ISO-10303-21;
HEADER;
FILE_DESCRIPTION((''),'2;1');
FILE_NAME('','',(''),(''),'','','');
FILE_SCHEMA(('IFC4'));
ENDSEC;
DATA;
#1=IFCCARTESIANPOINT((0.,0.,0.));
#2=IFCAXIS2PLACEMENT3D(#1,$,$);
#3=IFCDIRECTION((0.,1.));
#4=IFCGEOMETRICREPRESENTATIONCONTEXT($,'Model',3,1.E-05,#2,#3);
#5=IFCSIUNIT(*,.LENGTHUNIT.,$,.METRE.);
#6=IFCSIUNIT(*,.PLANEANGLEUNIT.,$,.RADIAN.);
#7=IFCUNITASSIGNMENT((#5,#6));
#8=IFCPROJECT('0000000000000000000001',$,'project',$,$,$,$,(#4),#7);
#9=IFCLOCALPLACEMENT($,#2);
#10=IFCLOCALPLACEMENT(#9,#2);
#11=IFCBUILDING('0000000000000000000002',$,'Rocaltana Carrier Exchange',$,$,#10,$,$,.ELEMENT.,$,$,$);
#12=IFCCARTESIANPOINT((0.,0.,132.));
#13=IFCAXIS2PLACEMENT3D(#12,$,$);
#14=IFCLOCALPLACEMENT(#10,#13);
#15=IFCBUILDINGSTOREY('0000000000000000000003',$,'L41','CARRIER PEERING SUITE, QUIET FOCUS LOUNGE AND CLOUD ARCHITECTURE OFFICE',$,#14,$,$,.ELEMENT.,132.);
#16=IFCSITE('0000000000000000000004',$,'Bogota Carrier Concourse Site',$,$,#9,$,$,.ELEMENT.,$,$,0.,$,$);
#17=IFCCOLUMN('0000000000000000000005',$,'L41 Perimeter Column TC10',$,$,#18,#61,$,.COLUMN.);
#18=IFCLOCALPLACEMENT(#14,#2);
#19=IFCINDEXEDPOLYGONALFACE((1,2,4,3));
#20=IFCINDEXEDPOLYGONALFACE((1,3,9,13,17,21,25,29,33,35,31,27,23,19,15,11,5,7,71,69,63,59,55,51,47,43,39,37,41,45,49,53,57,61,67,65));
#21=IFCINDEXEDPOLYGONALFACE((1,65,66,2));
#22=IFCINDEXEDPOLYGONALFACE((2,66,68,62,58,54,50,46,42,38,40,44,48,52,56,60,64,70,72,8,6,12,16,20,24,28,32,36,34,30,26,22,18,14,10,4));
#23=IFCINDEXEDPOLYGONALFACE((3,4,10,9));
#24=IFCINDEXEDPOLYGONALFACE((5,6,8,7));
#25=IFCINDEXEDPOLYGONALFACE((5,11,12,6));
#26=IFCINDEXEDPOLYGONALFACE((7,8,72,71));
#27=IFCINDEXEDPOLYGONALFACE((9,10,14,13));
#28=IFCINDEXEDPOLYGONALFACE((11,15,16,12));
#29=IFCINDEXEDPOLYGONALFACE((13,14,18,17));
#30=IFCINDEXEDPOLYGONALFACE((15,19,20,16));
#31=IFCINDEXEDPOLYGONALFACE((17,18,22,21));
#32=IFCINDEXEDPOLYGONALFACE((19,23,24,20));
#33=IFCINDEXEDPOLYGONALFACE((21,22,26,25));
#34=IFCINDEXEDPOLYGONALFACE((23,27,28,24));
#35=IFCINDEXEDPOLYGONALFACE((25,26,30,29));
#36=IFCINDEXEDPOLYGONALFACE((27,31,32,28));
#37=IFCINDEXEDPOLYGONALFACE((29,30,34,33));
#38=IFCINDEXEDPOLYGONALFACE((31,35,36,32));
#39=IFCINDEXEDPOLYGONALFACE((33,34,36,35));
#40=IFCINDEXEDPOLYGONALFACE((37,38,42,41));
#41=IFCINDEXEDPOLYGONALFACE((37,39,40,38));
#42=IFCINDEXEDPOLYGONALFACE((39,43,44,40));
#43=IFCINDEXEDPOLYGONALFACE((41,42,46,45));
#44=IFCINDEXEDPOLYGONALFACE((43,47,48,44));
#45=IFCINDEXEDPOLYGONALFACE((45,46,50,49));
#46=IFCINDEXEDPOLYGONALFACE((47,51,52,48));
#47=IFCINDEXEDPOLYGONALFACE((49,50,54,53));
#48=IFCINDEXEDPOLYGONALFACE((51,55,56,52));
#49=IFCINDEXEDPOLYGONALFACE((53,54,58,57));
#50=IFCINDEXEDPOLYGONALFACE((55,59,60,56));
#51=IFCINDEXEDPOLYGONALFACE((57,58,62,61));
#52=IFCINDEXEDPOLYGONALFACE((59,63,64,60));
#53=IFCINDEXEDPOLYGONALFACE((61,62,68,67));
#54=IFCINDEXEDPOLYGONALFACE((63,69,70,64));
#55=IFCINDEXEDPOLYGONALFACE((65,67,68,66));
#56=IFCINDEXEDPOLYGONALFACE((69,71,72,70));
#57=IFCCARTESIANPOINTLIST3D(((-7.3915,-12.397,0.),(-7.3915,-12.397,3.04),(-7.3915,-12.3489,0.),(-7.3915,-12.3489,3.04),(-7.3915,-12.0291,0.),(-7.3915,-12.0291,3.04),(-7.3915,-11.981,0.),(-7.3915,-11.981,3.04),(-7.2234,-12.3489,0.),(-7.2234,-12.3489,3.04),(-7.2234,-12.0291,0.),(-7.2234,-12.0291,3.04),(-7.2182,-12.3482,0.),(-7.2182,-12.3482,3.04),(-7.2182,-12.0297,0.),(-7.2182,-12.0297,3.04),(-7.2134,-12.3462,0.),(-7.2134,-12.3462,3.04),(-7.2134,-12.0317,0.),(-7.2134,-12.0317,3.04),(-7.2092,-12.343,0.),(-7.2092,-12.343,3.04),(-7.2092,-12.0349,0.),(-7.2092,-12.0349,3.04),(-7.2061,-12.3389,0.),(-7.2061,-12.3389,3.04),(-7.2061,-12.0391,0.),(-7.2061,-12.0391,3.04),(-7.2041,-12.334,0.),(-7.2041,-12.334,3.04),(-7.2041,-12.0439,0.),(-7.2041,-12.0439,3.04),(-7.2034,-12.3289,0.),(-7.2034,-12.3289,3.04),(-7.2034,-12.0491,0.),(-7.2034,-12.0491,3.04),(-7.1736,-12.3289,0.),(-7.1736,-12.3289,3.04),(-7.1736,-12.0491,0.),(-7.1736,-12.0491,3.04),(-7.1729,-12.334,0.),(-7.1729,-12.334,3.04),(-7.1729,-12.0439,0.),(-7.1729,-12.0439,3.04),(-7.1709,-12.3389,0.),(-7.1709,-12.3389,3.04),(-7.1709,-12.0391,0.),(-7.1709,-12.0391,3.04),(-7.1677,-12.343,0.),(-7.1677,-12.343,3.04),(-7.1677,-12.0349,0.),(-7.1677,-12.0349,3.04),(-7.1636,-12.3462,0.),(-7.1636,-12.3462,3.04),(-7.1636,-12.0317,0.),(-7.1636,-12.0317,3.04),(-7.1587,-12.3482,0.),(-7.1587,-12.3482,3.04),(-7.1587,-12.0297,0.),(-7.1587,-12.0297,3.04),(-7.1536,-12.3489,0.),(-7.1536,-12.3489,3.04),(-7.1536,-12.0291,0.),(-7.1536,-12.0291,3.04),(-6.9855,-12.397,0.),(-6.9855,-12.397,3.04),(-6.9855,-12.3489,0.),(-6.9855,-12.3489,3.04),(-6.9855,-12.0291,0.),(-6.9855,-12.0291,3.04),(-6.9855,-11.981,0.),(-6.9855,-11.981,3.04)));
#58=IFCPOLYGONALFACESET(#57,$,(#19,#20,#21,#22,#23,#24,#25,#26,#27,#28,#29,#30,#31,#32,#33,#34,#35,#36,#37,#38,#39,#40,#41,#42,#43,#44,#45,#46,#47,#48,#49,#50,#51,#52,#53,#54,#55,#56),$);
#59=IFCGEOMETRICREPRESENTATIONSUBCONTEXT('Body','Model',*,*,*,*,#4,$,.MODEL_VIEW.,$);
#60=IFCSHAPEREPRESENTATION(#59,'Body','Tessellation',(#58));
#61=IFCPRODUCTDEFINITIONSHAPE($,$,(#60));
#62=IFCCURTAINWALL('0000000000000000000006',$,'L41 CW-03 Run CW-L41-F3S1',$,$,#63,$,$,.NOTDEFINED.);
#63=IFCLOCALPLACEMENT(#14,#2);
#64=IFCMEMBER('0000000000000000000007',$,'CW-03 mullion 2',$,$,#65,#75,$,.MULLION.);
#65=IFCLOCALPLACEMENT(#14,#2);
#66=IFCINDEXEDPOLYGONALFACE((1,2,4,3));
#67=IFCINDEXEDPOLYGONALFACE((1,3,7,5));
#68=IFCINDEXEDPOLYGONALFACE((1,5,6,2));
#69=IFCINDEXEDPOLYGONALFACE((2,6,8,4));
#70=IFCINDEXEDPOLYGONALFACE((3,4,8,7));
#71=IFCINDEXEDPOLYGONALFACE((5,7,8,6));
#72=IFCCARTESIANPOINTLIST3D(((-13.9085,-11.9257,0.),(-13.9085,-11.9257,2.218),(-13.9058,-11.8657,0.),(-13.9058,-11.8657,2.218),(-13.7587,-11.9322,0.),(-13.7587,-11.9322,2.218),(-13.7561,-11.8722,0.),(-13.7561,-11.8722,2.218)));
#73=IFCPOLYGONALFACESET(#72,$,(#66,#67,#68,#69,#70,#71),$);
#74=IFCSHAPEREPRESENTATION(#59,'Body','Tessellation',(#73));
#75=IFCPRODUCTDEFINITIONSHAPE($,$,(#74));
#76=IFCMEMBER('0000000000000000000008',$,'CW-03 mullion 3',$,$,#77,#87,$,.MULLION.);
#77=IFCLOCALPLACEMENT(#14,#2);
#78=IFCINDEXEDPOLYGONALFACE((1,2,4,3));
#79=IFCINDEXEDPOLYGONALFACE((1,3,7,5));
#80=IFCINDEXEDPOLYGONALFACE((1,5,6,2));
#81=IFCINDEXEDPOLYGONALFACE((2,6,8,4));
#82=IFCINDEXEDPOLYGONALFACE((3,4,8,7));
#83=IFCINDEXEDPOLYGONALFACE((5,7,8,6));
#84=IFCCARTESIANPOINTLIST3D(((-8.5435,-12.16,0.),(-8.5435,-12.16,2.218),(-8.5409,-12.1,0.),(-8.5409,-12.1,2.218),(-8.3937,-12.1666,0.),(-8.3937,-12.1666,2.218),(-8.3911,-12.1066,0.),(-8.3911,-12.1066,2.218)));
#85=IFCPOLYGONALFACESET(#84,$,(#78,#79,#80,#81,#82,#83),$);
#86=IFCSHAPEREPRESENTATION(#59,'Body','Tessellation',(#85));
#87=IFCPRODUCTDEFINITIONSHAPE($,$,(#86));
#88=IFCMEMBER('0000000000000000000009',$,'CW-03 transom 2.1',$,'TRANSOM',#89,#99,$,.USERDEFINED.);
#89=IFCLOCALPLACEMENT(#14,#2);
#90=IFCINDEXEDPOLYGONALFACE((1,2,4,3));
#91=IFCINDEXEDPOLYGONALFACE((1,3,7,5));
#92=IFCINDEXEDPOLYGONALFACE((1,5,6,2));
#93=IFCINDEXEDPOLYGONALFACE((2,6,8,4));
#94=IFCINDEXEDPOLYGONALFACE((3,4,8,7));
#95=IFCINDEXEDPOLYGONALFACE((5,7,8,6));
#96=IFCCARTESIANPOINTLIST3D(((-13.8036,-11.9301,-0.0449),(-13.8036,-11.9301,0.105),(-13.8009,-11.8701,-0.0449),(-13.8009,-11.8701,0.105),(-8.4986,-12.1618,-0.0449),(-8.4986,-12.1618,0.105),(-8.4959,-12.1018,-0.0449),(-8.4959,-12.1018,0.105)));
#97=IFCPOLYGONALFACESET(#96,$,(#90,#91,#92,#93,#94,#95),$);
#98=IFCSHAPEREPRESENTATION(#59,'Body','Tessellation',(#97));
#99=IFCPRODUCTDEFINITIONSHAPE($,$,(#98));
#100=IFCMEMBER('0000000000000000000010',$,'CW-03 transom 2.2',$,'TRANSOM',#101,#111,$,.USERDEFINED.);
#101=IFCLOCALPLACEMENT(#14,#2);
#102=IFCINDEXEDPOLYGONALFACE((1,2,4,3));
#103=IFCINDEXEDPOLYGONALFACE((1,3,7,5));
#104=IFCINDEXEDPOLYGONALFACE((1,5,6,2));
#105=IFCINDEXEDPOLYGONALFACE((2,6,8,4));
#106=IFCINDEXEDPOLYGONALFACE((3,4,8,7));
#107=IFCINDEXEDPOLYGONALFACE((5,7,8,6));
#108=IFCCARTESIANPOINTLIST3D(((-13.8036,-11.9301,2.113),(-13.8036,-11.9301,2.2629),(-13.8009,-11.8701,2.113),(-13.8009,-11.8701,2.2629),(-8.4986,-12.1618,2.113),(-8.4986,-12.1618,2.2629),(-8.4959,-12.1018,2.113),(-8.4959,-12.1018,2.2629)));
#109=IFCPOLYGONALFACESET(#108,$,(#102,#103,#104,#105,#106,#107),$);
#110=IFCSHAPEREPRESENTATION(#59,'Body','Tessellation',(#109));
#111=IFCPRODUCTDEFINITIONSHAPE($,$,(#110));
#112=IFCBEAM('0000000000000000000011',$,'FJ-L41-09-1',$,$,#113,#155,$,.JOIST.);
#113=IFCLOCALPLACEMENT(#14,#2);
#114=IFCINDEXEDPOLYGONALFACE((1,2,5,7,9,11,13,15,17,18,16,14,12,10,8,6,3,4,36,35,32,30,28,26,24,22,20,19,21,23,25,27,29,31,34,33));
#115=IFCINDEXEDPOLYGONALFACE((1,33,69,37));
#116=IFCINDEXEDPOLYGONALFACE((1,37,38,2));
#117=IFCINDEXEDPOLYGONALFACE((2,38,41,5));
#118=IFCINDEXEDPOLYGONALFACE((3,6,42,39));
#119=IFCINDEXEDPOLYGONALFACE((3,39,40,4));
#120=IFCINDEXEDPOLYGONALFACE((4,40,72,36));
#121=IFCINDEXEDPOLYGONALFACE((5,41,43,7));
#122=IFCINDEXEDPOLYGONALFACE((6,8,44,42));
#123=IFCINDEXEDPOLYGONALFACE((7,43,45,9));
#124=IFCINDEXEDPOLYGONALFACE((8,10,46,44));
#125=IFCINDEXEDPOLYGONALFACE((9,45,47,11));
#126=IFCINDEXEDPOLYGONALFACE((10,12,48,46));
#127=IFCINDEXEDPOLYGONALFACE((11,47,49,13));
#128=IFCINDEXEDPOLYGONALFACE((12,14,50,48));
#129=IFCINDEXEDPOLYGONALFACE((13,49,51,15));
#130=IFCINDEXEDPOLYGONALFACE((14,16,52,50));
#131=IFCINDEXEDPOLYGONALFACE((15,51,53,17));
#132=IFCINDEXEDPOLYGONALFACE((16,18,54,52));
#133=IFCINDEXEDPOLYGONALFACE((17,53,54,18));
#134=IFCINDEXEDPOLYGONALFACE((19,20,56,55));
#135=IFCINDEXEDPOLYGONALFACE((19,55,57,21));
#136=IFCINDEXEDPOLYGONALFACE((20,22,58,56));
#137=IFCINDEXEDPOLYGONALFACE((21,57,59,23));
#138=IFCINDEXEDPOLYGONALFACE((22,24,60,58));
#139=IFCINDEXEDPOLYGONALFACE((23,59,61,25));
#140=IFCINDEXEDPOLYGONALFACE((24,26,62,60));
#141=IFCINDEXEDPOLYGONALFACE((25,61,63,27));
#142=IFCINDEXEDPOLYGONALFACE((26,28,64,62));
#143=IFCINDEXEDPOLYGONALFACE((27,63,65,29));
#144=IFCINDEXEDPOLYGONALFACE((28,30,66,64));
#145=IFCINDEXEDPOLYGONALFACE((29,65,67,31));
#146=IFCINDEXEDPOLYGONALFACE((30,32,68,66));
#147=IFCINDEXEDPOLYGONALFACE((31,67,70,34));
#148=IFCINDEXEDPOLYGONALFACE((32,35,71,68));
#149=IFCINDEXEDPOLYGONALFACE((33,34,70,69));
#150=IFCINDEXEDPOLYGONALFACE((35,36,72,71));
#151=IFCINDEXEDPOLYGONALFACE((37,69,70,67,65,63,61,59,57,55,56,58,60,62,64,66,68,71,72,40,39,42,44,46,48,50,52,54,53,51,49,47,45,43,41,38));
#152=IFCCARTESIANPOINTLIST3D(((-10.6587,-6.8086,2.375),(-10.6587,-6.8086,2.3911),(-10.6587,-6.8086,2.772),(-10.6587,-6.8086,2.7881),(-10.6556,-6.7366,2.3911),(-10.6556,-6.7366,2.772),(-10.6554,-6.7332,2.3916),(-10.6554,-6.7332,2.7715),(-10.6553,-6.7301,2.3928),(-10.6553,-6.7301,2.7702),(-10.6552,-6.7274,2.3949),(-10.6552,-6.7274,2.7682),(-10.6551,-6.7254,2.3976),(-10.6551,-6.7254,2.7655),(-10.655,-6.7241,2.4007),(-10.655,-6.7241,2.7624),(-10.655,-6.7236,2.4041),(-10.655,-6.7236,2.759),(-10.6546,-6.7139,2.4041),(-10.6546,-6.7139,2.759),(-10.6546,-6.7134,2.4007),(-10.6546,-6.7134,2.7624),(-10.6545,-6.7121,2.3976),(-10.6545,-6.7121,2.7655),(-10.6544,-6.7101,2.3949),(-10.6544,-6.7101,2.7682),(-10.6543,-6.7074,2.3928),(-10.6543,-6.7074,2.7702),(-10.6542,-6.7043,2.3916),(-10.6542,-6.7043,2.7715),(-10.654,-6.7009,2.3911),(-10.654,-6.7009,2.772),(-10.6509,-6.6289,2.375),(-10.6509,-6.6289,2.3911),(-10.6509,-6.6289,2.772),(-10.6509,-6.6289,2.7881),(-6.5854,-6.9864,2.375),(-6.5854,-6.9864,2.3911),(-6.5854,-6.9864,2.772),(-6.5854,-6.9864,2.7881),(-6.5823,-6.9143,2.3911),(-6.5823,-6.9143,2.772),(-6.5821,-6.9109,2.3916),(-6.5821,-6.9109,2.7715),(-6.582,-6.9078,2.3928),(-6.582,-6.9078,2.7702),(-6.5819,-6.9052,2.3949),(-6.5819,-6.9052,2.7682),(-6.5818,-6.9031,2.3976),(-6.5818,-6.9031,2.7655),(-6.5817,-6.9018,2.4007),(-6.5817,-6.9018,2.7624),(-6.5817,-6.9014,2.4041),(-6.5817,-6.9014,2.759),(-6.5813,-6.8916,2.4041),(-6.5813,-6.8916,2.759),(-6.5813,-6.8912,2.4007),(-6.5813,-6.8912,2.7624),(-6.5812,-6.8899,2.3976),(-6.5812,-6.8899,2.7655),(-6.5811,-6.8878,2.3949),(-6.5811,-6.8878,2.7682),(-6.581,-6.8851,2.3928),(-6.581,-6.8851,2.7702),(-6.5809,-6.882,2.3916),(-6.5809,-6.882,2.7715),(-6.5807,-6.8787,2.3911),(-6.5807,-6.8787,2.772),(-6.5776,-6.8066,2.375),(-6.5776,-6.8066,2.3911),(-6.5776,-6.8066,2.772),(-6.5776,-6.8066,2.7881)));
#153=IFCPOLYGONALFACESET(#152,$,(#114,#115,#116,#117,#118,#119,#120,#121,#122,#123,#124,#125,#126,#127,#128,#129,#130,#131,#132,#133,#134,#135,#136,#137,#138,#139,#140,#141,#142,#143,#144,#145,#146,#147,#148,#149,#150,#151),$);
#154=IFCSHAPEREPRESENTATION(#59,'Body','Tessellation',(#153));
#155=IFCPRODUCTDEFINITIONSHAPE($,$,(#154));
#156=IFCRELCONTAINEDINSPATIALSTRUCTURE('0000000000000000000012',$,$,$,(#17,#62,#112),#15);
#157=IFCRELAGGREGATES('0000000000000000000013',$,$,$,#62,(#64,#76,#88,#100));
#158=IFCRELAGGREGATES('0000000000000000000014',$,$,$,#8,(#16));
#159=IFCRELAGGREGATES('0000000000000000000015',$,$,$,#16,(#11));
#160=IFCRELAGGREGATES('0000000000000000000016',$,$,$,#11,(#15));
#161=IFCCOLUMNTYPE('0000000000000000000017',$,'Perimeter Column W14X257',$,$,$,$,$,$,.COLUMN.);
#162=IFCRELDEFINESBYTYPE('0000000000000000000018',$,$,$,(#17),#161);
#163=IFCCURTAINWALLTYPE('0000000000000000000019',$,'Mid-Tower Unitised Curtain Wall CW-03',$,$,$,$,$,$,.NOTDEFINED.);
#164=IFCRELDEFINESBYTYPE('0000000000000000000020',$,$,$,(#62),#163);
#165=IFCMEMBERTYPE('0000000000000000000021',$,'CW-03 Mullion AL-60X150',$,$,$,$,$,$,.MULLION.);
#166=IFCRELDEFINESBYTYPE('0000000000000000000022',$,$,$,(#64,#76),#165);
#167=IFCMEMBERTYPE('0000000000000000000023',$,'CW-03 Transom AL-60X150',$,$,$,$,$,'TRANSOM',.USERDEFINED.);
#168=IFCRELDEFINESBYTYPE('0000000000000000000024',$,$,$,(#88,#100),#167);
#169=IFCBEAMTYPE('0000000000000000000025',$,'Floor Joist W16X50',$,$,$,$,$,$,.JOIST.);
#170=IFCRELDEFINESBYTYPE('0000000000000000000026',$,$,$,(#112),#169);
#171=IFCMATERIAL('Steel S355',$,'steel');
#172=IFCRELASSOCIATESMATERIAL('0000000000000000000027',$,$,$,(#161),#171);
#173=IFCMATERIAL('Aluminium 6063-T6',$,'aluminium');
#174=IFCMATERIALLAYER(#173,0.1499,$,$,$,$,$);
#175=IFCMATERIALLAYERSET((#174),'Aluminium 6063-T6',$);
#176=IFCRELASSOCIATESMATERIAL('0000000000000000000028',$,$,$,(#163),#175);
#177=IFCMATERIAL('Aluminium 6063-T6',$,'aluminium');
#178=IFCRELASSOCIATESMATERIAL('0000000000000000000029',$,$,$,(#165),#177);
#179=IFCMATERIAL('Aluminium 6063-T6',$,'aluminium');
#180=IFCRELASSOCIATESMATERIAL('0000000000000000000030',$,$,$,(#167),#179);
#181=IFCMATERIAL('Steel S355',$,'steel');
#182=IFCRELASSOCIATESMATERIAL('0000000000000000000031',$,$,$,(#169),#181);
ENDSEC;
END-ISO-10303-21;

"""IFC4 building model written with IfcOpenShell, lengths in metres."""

from ifc_helpers import new_model, si_unit, direction, frame, origin, origin_2d, place, context, subcontext, project, spatial, rectangle, i_section, extrude, material, layer, layer_set, material_profile, profile_set, type_object, element, aggregate, save


model = new_model("IFC4")

# Units and contexts
model_context = context("Model", 3, precision=1e-05, world=origin(), true_north=direction((0.0, 1.0)))
body_context = subcontext(model_context, "Body", "Model", "MODEL_VIEW")
ifc_project = project(units=[si_unit("LENGTHUNIT", "METRE"), si_unit("PLANEANGLEUNIT", "RADIAN")], contexts=[model_context])

# Site, building, storey
site_placement = place(None, origin())
site = spatial("IfcSite", under=ifc_project, at=site_placement, Name="Bogota Carrier Concourse Site", CompositionType="ELEMENT", RefElevation=0.0)
building_placement = place(site_placement, origin())
building = spatial("IfcBuilding", under=site, at=building_placement, Name="Rocaltana Carrier Exchange", CompositionType="ELEMENT")
storey_placement = place(building_placement, frame((0.0, 0.0, 132.0)))
storey = spatial("IfcBuildingStorey", under=building, at=storey_placement, Name="L41", Description="CARRIER PEERING SUITE, QUIET FOCUS LOUNGE AND CLOUD ARCHITECTURE OFFICE", CompositionType="ELEMENT", Elevation=132.0)

# Column
ifc_material_1 = material(Name="Steel S355", Category="steel")
ifc_material_profile_1 = material_profile(ifc_material_1, i_section(OverallWidth=0.406, OverallDepth=0.416, WebThickness=0.0298, FlangeThickness=0.0481, FilletRadius=0.02, at=origin_2d()), Name="W14X257")
ifc_profile_set_1 = profile_set([ifc_material_profile_1], Name="Steel S355")
column_type = type_object("IfcColumnType", Name="Perimeter Column W14X257", PredefinedType="COLUMN", material=ifc_profile_set_1)
column_placement = place(storey_placement, frame((-7.1885, -12.189, 0.0), z_axis=(0.0, 0.0, 1.0), x_axis=(1.0, 0.0, 0.0)))
element("IfcColumn", 1, at=column_placement, inside=storey, type_object=column_type, Name="L41 Perimeter Column TC10", PredefinedType="COLUMN", context=body_context, shape_type="SweptSolid", body=[
    extrude(i_section(OverallWidth=0.406, OverallDepth=0.416, WebThickness=0.0298, FlangeThickness=0.0481, FilletRadius=0.02, at=origin_2d()), origin(), (0.0, 0.0, 1.0), 3.04),
])

# Curtain wall, members
ifc_material_2 = material(Name="Aluminium 6063-T6", Category="aluminium")
ifc_layer_1 = layer(ifc_material_2, 0.1499)
ifc_layer_set_1 = layer_set([ifc_layer_1], Name="Aluminium 6063-T6")
curtain_wall_type = type_object("IfcCurtainWallType", Name="Mid-Tower Unitised Curtain Wall CW-03", PredefinedType="NOTDEFINED", material=ifc_layer_set_1)
curtain_wall_1_placement = place(storey_placement, origin())
curtain_wall_1 = element("IfcCurtainWall", 2, at=curtain_wall_1_placement, inside=storey, type_object=curtain_wall_type, Name="L41 CW-03 Run CW-L41-F3S1", PredefinedType="NOTDEFINED")
ifc_material_3 = material(Name="Aluminium 6063-T6", Category="aluminium")
ifc_material_profile_2 = material_profile(ifc_material_3, rectangle(XDim=0.0601, YDim=0.1499, at=origin_2d()), Name="AL-60X150")
ifc_profile_set_2 = profile_set([ifc_material_profile_2], Name="Aluminium 6063-T6")
member_type_1 = type_object("IfcMemberType", Name="CW-03 Mullion AL-60X150", PredefinedType="MULLION", material=ifc_profile_set_2)
member_1_placement = place(storey_placement, frame((-13.8323, -11.8989, 0.0), z_axis=(0.0, 0.0, 1.0), x_axis=(0.043629, 0.999048, 0.0)))
member_1 = element("IfcMember", 3, at=member_1_placement, type_object=member_type_1, Name="CW-03 mullion 2", PredefinedType="MULLION", context=body_context, shape_type="SweptSolid", body=[
    extrude(rectangle(XDim=0.0601, YDim=0.1499, at=origin_2d()), origin(), (0.0, 0.0, 1.0), 2.218),
])
member_2_placement = place(storey_placement, frame((-8.4673, -12.1333, 0.0), z_axis=(0.0, 0.0, 1.0), x_axis=(0.043629, 0.999048, 0.0)))
member_2 = element("IfcMember", 4, at=member_2_placement, type_object=member_type_1, Name="CW-03 mullion 3", PredefinedType="MULLION", context=body_context, shape_type="SweptSolid", body=[
    extrude(rectangle(XDim=0.0601, YDim=0.1499, at=origin_2d()), origin(), (0.0, 0.0, 1.0), 2.218),
])
ifc_material_4 = material(Name="Aluminium 6063-T6", Category="aluminium")
ifc_material_profile_3 = material_profile(ifc_material_4, rectangle(XDim=0.0601, YDim=0.1499, at=origin_2d()), Name="AL-60X150")
ifc_profile_set_3 = profile_set([ifc_material_profile_3], Name="Aluminium 6063-T6")
member_type_2 = type_object("IfcMemberType", Name="CW-03 Transom AL-60X150", ElementType="TRANSOM", PredefinedType="USERDEFINED", material=ifc_profile_set_3)
member_3_placement = place(storey_placement, frame((-13.8022, -11.9001, 0.03), z_axis=(0.999048, -0.043633, 0.0), x_axis=(0.043633, 0.999048, 0.0)))
member_3 = element("IfcMember", 5, at=member_3_placement, type_object=member_type_2, Name="CW-03 transom 2.1", ObjectType="TRANSOM", PredefinedType="USERDEFINED", context=body_context, shape_type="SweptSolid", body=[
    extrude(rectangle(XDim=0.0601, YDim=0.1499, at=origin_2d()), origin(), (0.0, 0.0, 1.0), 5.3101),
])
member_4_placement = place(storey_placement, frame((-13.8022, -11.9001, 2.188), z_axis=(0.999048, -0.043633, 0.0), x_axis=(0.043633, 0.999048, 0.0)))
member_4 = element("IfcMember", 6, at=member_4_placement, type_object=member_type_2, Name="CW-03 transom 2.2", ObjectType="TRANSOM", PredefinedType="USERDEFINED", context=body_context, shape_type="SweptSolid", body=[
    extrude(rectangle(XDim=0.0601, YDim=0.1499, at=origin_2d()), origin(), (0.0, 0.0, 1.0), 5.3101),
])

# Beam
ifc_material_5 = material(Name="Steel S355", Category="steel")
ifc_material_profile_4 = material_profile(ifc_material_5, i_section(OverallWidth=0.1799, OverallDepth=0.4131, WebThickness=0.0098, FlangeThickness=0.0161, FilletRadius=0.0129, at=origin_2d()), Name="W16X50")
ifc_profile_set_4 = profile_set([ifc_material_profile_4], Name="Steel S355")
beam_type = type_object("IfcBeamType", Name="Floor Joist W16X50", PredefinedType="JOIST", material=ifc_profile_set_4)
beam_1_placement = place(storey_placement, frame((-10.6548, -6.7188, 2.5815), z_axis=(0.999049, -0.043593, 0.0), x_axis=(0.043593, 0.999049, 0.0)))
element("IfcBeam", 7, at=beam_1_placement, inside=storey, type_object=beam_type, Name="FJ-L41-09-1", PredefinedType="JOIST", context=body_context, shape_type="SweptSolid", body=[
    extrude(i_section(OverallWidth=0.1799, OverallDepth=0.4131, WebThickness=0.0098, FlangeThickness=0.0161, FilletRadius=0.0129, at=origin_2d()), origin(), (0.0, 0.0, 1.0), 4.0771),
])

aggregate(curtain_wall_1, [member_1, member_2, member_3, member_4])

save(model, "model.ifc")
